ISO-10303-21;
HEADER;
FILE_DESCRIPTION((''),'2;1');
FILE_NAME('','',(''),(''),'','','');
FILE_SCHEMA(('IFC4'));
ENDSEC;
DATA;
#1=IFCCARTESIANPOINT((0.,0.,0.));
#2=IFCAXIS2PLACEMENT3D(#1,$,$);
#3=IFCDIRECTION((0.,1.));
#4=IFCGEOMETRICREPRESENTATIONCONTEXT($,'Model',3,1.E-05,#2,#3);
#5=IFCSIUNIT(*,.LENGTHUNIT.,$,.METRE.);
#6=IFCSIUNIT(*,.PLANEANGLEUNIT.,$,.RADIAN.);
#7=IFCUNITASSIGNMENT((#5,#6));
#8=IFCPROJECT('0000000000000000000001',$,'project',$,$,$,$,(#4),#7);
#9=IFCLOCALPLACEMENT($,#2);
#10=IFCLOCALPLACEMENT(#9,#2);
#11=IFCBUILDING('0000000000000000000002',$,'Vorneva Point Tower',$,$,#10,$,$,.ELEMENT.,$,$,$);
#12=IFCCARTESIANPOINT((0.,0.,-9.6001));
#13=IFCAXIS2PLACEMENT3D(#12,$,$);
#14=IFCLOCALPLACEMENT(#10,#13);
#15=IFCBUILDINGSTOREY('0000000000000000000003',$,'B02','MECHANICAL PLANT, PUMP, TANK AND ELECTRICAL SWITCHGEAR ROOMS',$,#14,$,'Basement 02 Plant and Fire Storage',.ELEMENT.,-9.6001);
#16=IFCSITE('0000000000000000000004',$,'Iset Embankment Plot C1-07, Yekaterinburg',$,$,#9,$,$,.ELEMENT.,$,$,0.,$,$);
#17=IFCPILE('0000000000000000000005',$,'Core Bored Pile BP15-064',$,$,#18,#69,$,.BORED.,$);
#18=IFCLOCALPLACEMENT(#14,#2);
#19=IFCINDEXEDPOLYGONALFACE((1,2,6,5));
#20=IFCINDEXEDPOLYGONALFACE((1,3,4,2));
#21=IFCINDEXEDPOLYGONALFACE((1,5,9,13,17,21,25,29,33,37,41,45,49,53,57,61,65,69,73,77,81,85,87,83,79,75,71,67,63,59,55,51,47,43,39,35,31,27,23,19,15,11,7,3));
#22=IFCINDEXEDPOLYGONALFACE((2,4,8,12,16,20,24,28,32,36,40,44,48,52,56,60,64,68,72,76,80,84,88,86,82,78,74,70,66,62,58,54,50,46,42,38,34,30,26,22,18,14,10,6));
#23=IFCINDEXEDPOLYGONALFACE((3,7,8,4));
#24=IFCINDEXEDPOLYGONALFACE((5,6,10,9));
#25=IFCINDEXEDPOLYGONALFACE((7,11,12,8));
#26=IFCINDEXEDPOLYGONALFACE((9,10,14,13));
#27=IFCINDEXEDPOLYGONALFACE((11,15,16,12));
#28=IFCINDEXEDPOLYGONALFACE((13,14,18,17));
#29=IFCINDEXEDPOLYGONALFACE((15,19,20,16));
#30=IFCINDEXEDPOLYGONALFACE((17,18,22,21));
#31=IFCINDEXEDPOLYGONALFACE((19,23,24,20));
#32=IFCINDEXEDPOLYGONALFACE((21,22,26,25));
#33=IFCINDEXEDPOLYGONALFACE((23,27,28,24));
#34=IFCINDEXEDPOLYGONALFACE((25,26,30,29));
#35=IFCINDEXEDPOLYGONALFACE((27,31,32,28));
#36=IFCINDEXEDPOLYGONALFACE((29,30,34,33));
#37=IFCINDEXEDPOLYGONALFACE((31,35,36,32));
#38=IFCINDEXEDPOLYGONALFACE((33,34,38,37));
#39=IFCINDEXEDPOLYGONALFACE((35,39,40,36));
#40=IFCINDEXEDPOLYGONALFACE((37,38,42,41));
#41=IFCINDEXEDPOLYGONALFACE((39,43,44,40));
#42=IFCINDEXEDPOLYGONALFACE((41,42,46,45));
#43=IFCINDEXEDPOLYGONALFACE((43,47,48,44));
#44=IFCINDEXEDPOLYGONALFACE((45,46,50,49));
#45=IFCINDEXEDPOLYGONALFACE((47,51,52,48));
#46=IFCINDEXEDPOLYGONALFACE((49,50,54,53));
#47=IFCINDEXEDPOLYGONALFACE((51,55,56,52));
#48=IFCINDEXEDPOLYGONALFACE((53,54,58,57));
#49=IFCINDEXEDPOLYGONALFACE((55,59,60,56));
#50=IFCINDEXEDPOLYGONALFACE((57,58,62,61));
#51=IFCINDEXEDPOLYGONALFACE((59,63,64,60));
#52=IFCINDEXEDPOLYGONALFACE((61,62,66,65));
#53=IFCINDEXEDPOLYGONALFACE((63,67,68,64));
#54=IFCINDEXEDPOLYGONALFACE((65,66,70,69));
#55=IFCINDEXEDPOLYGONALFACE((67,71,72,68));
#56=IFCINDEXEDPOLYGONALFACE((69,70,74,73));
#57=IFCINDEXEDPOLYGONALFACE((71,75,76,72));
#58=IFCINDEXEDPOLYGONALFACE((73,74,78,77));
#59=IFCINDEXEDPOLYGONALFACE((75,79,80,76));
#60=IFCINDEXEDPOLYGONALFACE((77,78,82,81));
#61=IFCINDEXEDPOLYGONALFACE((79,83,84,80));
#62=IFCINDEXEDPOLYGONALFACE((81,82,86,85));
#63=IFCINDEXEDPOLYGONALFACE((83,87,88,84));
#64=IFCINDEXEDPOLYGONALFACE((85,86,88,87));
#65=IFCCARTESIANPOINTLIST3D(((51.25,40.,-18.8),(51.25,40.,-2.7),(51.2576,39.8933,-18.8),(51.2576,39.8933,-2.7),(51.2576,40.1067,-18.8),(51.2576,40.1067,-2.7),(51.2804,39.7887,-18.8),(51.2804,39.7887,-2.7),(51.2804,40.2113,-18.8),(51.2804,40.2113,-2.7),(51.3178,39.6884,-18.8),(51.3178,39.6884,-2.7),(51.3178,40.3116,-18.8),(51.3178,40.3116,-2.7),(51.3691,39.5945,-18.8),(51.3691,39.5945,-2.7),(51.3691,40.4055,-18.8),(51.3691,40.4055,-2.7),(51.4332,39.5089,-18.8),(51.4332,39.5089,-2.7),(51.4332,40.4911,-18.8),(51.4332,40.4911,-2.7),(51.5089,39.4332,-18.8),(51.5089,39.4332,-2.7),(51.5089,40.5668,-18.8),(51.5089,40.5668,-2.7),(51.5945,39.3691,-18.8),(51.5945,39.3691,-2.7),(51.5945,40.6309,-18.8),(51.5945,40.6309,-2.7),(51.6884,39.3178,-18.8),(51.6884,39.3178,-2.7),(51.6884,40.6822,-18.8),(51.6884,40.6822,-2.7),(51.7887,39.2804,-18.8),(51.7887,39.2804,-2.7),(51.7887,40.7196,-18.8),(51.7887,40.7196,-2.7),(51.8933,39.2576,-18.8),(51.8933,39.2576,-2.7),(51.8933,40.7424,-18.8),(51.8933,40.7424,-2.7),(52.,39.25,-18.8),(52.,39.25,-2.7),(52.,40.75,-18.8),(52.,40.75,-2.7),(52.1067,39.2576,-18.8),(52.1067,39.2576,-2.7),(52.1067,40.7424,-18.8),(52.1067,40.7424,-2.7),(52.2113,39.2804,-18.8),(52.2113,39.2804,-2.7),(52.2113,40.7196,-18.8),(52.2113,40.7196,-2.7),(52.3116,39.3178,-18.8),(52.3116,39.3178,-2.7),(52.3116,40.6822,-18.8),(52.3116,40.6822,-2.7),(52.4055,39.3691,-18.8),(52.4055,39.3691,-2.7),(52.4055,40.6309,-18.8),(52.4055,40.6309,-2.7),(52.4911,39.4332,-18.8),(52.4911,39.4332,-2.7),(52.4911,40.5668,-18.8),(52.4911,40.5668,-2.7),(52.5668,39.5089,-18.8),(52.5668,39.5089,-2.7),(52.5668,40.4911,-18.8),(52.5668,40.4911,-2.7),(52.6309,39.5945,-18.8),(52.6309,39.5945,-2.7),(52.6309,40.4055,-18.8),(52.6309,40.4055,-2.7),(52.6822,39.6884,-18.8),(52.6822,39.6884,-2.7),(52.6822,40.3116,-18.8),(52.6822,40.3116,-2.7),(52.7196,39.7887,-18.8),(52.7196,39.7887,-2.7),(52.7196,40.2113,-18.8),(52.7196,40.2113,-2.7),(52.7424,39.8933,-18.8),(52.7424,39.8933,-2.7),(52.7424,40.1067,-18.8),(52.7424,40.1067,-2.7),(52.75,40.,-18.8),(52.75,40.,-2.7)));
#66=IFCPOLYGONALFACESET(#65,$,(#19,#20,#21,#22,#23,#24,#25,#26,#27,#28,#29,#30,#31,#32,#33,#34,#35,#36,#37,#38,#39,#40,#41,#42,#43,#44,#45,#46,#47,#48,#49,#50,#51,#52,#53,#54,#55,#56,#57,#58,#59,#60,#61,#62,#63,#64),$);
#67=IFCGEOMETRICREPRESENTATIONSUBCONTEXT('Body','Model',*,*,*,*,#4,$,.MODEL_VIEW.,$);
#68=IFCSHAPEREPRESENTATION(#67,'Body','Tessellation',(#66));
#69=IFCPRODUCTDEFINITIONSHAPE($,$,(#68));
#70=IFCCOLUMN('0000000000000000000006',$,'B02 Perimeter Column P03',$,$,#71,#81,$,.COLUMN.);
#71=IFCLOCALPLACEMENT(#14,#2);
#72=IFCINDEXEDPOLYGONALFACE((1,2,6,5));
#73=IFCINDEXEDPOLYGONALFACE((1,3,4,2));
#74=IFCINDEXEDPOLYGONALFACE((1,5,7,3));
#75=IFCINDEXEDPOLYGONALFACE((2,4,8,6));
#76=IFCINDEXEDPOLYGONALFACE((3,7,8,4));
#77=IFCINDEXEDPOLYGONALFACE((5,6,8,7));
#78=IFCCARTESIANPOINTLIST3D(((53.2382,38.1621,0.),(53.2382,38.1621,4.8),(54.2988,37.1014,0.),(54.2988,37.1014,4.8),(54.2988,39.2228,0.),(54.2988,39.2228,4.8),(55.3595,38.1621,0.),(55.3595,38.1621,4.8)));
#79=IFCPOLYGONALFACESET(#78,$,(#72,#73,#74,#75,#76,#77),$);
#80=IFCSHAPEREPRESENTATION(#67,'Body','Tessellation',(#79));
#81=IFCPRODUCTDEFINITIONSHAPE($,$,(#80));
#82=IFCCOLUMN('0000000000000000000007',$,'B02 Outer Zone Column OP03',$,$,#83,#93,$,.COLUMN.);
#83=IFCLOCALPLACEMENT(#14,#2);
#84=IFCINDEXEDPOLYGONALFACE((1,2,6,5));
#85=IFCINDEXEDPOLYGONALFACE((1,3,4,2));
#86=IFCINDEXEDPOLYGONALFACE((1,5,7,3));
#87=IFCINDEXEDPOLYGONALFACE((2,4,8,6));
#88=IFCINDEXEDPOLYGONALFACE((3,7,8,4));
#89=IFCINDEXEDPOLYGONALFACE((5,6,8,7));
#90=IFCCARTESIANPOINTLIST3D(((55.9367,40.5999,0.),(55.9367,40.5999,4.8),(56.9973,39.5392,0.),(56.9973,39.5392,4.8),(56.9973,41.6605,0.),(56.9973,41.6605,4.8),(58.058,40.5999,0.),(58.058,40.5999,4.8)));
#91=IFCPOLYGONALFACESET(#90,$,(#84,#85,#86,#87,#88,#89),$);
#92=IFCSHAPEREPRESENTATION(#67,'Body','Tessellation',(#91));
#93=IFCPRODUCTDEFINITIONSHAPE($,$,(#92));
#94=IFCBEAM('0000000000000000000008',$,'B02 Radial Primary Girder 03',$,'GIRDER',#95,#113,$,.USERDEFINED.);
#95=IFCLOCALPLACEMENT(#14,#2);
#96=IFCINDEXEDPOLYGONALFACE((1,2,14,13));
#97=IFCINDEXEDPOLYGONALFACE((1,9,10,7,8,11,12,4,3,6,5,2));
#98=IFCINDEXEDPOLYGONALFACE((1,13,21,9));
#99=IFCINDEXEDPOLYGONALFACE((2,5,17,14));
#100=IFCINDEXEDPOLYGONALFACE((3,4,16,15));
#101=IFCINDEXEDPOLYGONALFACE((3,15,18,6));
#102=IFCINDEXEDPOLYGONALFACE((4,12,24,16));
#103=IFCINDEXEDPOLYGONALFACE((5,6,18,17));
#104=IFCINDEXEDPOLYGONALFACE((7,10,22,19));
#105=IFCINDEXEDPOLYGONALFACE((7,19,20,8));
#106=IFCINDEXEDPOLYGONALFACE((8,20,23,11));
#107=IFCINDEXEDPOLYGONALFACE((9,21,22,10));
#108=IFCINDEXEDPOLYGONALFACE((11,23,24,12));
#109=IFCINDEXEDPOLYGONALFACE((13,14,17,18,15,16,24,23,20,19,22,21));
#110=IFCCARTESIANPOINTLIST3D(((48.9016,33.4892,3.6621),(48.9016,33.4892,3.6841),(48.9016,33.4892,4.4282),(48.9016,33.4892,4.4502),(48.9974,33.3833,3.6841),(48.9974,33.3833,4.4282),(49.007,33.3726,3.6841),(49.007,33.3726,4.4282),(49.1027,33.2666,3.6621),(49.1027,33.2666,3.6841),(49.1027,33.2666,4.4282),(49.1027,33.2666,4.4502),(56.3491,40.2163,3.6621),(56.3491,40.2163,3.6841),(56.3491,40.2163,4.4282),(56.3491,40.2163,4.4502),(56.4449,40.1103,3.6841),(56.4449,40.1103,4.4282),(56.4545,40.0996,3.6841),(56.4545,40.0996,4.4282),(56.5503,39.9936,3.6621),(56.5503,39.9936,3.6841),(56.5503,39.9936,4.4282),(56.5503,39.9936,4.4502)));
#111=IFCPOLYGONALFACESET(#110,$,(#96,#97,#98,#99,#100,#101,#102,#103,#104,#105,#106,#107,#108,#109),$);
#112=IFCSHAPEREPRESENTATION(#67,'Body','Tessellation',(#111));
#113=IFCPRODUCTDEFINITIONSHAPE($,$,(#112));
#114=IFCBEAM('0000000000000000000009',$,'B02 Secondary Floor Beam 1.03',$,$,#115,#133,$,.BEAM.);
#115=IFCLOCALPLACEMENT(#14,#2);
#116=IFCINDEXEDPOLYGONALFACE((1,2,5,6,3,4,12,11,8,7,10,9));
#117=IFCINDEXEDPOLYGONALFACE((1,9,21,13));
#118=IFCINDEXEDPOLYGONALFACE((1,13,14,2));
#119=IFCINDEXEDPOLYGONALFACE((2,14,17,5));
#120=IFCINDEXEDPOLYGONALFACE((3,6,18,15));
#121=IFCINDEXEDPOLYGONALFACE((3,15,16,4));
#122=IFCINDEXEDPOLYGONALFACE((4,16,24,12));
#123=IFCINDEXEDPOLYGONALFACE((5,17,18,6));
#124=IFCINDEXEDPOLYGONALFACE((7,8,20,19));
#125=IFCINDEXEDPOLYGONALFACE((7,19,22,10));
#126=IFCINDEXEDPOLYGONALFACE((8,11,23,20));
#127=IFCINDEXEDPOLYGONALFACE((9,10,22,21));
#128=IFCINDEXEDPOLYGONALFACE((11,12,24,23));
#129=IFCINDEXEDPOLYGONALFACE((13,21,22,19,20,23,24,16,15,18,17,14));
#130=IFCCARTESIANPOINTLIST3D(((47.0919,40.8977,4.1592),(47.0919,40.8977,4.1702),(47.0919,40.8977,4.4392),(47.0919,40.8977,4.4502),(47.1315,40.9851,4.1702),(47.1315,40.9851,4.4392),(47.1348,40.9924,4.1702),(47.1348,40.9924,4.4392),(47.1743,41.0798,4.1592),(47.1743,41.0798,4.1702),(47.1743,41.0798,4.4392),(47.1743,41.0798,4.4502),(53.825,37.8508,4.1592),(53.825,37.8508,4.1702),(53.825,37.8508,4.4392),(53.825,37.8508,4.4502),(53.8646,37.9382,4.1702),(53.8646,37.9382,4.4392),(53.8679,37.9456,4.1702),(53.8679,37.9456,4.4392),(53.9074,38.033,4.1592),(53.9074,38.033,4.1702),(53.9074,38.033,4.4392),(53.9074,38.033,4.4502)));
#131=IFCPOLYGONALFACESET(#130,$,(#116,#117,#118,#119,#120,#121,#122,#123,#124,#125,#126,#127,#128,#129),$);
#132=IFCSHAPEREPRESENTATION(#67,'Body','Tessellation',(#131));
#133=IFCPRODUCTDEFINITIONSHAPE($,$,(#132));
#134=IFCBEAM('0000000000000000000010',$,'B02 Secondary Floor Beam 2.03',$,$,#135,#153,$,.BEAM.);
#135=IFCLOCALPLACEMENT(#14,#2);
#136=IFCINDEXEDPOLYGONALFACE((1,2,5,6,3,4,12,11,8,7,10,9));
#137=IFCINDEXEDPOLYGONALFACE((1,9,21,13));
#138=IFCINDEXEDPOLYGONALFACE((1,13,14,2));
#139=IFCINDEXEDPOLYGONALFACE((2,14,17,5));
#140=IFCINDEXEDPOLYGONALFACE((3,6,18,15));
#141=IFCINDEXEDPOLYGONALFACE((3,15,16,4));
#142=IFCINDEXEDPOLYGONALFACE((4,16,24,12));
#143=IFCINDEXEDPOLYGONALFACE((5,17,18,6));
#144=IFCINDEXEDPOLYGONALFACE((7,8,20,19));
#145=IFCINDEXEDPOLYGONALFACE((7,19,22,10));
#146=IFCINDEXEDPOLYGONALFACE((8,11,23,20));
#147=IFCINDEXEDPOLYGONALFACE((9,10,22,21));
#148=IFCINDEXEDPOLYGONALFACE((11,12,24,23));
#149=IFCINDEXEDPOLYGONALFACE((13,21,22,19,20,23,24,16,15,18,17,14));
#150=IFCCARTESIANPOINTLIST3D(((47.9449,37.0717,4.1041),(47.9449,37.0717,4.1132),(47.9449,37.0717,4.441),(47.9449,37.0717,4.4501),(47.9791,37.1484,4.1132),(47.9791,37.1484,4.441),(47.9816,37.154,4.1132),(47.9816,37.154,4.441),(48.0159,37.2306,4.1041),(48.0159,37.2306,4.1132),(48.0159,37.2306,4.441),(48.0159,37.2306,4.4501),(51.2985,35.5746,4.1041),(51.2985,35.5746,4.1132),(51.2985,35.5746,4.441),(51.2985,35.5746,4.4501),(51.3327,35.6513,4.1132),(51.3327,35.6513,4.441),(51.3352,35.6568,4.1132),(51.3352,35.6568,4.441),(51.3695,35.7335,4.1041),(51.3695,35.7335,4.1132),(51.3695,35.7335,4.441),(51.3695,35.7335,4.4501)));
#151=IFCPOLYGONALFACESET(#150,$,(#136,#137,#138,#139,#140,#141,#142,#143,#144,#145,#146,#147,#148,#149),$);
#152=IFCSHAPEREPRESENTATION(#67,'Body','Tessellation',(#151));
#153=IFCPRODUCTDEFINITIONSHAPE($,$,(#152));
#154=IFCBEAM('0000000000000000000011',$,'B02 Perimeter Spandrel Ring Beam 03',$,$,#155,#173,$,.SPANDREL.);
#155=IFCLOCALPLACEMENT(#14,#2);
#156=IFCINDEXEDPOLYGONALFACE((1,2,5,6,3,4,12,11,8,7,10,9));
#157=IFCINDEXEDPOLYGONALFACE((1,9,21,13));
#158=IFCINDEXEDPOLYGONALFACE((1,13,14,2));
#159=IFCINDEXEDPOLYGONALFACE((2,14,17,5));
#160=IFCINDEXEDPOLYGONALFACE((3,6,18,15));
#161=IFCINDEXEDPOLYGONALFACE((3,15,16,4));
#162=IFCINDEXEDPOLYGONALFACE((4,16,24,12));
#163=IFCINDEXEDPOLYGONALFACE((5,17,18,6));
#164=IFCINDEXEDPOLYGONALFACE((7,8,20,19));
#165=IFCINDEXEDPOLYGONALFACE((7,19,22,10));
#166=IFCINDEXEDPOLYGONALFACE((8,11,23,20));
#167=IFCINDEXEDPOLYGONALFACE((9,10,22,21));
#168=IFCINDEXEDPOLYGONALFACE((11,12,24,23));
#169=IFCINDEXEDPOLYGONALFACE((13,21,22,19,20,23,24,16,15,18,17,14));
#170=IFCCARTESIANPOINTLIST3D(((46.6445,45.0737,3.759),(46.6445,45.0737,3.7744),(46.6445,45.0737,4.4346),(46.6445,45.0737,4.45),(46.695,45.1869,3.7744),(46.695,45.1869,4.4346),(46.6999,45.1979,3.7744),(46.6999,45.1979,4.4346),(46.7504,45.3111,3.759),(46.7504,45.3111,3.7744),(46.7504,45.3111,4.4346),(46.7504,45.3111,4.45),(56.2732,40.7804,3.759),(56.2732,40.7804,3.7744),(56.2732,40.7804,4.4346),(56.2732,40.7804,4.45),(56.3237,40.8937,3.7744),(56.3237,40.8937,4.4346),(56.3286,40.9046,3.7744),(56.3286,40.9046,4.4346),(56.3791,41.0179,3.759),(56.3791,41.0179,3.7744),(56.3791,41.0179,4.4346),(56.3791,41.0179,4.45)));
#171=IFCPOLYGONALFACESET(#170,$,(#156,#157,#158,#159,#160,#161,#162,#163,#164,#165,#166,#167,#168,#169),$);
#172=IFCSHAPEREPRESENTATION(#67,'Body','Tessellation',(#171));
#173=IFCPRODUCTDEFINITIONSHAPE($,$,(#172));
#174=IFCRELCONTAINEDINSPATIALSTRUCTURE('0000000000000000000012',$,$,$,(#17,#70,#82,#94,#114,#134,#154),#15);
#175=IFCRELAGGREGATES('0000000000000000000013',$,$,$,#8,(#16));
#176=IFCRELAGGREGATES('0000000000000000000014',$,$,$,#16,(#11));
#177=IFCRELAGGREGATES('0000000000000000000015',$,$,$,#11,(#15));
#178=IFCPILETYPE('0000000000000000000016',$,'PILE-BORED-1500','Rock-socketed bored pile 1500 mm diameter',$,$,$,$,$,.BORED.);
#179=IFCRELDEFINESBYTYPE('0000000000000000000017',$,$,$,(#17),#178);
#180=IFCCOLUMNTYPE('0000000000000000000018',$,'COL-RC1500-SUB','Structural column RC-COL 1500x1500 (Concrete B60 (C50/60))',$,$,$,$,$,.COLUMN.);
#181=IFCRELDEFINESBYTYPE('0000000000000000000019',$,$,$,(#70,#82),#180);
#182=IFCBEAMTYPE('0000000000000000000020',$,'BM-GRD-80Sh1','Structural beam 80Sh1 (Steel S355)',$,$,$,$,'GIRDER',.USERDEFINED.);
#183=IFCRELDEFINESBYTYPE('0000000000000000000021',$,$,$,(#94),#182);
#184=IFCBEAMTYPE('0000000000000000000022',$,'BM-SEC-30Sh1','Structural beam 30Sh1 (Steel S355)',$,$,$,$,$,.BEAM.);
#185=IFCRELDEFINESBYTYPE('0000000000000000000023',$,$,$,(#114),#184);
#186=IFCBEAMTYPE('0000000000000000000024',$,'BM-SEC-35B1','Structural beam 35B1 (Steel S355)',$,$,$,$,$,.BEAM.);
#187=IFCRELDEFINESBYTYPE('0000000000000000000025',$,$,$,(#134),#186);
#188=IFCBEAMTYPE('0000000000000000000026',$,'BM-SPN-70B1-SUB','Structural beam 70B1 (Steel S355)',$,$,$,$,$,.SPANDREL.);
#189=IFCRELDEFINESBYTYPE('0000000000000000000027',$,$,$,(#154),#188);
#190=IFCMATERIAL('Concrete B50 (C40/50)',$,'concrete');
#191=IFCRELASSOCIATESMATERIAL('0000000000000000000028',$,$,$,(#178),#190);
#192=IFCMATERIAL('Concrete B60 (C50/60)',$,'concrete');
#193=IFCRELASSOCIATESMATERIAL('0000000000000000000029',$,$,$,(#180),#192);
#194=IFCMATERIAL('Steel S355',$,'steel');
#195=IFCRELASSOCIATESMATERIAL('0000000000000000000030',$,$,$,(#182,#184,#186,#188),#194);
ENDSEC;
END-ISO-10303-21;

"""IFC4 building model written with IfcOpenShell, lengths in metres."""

from ifc_helpers import new_model, si_unit, direction, frame, origin, origin_2d, place, context, subcontext, project, spatial, rectangle, circle, i_section, extrude, material, material_profile, profile_set, type_object, element, save


model = new_model("IFC4")

# Units and contexts
model_context = context("Model", 3, precision=1e-05, world=origin(), true_north=direction((0.0, 1.0)))
body_context = subcontext(model_context, "Body", "Model", "MODEL_VIEW")
ifc_project = project(units=[si_unit("LENGTHUNIT", "METRE"), si_unit("PLANEANGLEUNIT", "RADIAN")], contexts=[model_context])

# Site, building, storey
site_placement = place(None, origin())
site = spatial("IfcSite", under=ifc_project, at=site_placement, Name="Iset Embankment Plot C1-07, Yekaterinburg", CompositionType="ELEMENT", RefElevation=0.0)
building_placement = place(site_placement, origin())
building = spatial("IfcBuilding", under=site, at=building_placement, Name="Vorneva Point Tower", CompositionType="ELEMENT")
storey_placement = place(building_placement, frame((0.0, 0.0, -9.6001)))
storey = spatial("IfcBuildingStorey", under=building, at=storey_placement, Name="B02", Description="MECHANICAL PLANT, PUMP, TANK AND ELECTRICAL SWITCHGEAR ROOMS", LongName="Basement 02 Plant and Fire Storage", CompositionType="ELEMENT", Elevation=-9.6001)

# Shared definitions
ifc_material_1 = material(Name="Concrete B60 (C50/60)", Category="concrete")

# Pile
ifc_material_2 = material(Name="Concrete B50 (C40/50)", Category="concrete")
ifc_material_profile_1 = material_profile(ifc_material_2, circle(Radius=0.75, at=origin_2d()), Name="PILE-1500")
ifc_profile_set_1 = profile_set([ifc_material_profile_1], Name="Concrete B50 (C40/50)")
pile_type_1 = type_object("IfcPileType", Name="PILE-BORED-1500", Description="Rock-socketed bored pile 1500 mm diameter", PredefinedType="BORED", material=ifc_profile_set_1)
for number, where, z_axis, x_axis, name in (
    (1, (52.0, 40.0, -2.7), (0.0, 0.0, -1.0), (1.0, 0.0, 0.0), "Core Bored Pile BP15-064"),
):
    element("IfcPile", number, at=place(storey_placement, frame(where, z_axis=z_axis, x_axis=x_axis)), inside=storey, type_object=pile_type_1, Name=name, PredefinedType="BORED", context=body_context, shape_type="SweptSolid", body=[
        extrude(circle(Radius=0.75, at=origin_2d()), origin(), (0.0, 0.0, 1.0), 16.1001),
    ])

# Columns
ifc_material_profile_2 = material_profile(ifc_material_1, rectangle(XDim=1.5, YDim=1.5, at=origin_2d()), Name="RC-COL 1500x1500")
ifc_profile_set_2 = profile_set([ifc_material_profile_2], Name="Concrete B60 (C50/60)")
column_type = type_object("IfcColumnType", Name="COL-RC1500-SUB", Description="Structural column RC-COL 1500x1500 (Concrete B60 (C50/60))", PredefinedType="COLUMN", material=ifc_profile_set_2)
for number, where, z_axis, x_axis, name in (
    (2, (54.2988, 38.1621, 0.0), (0.0, 0.0, 1.0), (0.707107, 0.707107, 0.0), "B02 Perimeter Column P03"),
    (3, (56.9973, 40.5999, 0.0), (0.0, 0.0, 1.0), (0.707107, 0.707107, 0.0), "B02 Outer Zone Column OP03"),
):
    element("IfcColumn", number, at=place(storey_placement, frame(where, z_axis=z_axis, x_axis=x_axis)), inside=storey, type_object=column_type, Name=name, PredefinedType="COLUMN", context=body_context, shape_type="SweptSolid", body=[
        extrude(rectangle(XDim=1.5, YDim=1.5, at=origin_2d()), origin(), (0.0, 0.0, 1.0), 4.8),
    ])

# Beams
ifc_material_3 = material(Name="Steel S355", Category="steel")
ifc_material_profile_3 = material_profile(ifc_material_3, i_section(OverallWidth=0.3, OverallDepth=0.7881, WebThickness=0.0144, FlangeThickness=0.022, at=origin_2d()), Name="80Sh1")
ifc_profile_set_3 = profile_set([ifc_material_profile_3], Name="Steel S355")
beam_type_1 = type_object("IfcBeamType", Name="BM-GRD-80Sh1", Description="Structural beam 80Sh1 (Steel S355)", ElementType="GIRDER", PredefinedType="USERDEFINED", material=ifc_profile_set_3)
beam_1_placement = place(storey_placement, frame((56.4497, 40.105, 4.0562), z_axis=(-0.742089, -0.670301, 0.0), x_axis=(0.670301, -0.742089, 0.0)))
element("IfcBeam", 4, at=beam_1_placement, inside=storey, type_object=beam_type_1, Name="B02 Radial Primary Girder 03", ObjectType="GIRDER", PredefinedType="USERDEFINED", context=body_context, shape_type="SweptSolid", body=[
    extrude(i_section(OverallWidth=0.3, OverallDepth=0.7881, WebThickness=0.0144, FlangeThickness=0.022, at=origin_2d()), origin(), (0.0, 0.0, 1.0), 10.0359),
])
ifc_material_profile_4 = material_profile(ifc_material_3, i_section(OverallWidth=0.2, OverallDepth=0.291, WebThickness=0.0081, FlangeThickness=0.011, at=origin_2d()), Name="30Sh1")
ifc_profile_set_4 = profile_set([ifc_material_profile_4], Name="Steel S355")
beam_type_2 = type_object("IfcBeamType", Name="BM-SEC-30Sh1", Description="Structural beam 30Sh1 (Steel S355)", PredefinedType="BEAM", material=ifc_profile_set_4)
beam_2_placement = place(storey_placement, frame((53.8662, 37.9419, 4.3047), z_axis=(-0.911061, 0.412272, 0.0), x_axis=(-0.412272, -0.911061, 0.0)))
element("IfcBeam", 5, at=beam_2_placement, inside=storey, type_object=beam_type_2, Name="B02 Secondary Floor Beam 1.03", PredefinedType="BEAM", context=body_context, shape_type="SweptSolid", body=[
    extrude(i_section(OverallWidth=0.2, OverallDepth=0.291, WebThickness=0.0081, FlangeThickness=0.011, at=origin_2d()), origin(), (0.0, 0.0, 1.0), 7.3904),
])
ifc_material_profile_5 = material_profile(ifc_material_3, i_section(OverallWidth=0.1741, OverallDepth=0.3459, WebThickness=0.0061, FlangeThickness=0.009, at=origin_2d()), Name="35B1")
ifc_profile_set_5 = profile_set([ifc_material_profile_5], Name="Steel S355")
beam_type_3 = type_object("IfcBeamType", Name="BM-SEC-35B1", Description="Structural beam 35B1 (Steel S355)", PredefinedType="BEAM", material=ifc_profile_set_5)
beam_3_placement = place(storey_placement, frame((51.334, 35.6541, 4.2771), z_axis=(-0.913141, 0.407643, 0.0), x_axis=(-0.407643, -0.913141, 0.0)))
element("IfcBeam", 6, at=beam_3_placement, inside=storey, type_object=beam_type_3, Name="B02 Secondary Floor Beam 2.03", PredefinedType="BEAM", context=body_context, shape_type="SweptSolid", body=[
    extrude(i_section(OverallWidth=0.1741, OverallDepth=0.3459, WebThickness=0.0061, FlangeThickness=0.009, at=origin_2d()), origin(), (0.0, 0.0, 1.0), 3.6726),
])
ifc_material_profile_6 = material_profile(ifc_material_3, i_section(OverallWidth=0.26, OverallDepth=0.6909, WebThickness=0.012, FlangeThickness=0.0154, at=origin_2d()), Name="70B1")
ifc_profile_set_6 = profile_set([ifc_material_profile_6], Name="Steel S355")
beam_type_4 = type_object("IfcBeamType", Name="BM-SPN-70B1-SUB", Description="Structural beam 70B1 (Steel S355)", PredefinedType="SPANDREL", material=ifc_profile_set_6)
beam_4_placement = place(storey_placement, frame((56.3262, 40.8992, 4.1045), z_axis=(-0.913325, 0.407232, 0.0), x_axis=(-0.407232, -0.913325, 0.0)))
element("IfcBeam", 7, at=beam_4_placement, inside=storey, type_object=beam_type_4, Name="B02 Perimeter Spandrel Ring Beam 03", PredefinedType="SPANDREL", context=body_context, shape_type="SweptSolid", body=[
    extrude(i_section(OverallWidth=0.26, OverallDepth=0.6909, WebThickness=0.012, FlangeThickness=0.0154, at=origin_2d()), origin(), (0.0, 0.0, 1.0), 10.5425),
])

save(model, "model.ifc")
